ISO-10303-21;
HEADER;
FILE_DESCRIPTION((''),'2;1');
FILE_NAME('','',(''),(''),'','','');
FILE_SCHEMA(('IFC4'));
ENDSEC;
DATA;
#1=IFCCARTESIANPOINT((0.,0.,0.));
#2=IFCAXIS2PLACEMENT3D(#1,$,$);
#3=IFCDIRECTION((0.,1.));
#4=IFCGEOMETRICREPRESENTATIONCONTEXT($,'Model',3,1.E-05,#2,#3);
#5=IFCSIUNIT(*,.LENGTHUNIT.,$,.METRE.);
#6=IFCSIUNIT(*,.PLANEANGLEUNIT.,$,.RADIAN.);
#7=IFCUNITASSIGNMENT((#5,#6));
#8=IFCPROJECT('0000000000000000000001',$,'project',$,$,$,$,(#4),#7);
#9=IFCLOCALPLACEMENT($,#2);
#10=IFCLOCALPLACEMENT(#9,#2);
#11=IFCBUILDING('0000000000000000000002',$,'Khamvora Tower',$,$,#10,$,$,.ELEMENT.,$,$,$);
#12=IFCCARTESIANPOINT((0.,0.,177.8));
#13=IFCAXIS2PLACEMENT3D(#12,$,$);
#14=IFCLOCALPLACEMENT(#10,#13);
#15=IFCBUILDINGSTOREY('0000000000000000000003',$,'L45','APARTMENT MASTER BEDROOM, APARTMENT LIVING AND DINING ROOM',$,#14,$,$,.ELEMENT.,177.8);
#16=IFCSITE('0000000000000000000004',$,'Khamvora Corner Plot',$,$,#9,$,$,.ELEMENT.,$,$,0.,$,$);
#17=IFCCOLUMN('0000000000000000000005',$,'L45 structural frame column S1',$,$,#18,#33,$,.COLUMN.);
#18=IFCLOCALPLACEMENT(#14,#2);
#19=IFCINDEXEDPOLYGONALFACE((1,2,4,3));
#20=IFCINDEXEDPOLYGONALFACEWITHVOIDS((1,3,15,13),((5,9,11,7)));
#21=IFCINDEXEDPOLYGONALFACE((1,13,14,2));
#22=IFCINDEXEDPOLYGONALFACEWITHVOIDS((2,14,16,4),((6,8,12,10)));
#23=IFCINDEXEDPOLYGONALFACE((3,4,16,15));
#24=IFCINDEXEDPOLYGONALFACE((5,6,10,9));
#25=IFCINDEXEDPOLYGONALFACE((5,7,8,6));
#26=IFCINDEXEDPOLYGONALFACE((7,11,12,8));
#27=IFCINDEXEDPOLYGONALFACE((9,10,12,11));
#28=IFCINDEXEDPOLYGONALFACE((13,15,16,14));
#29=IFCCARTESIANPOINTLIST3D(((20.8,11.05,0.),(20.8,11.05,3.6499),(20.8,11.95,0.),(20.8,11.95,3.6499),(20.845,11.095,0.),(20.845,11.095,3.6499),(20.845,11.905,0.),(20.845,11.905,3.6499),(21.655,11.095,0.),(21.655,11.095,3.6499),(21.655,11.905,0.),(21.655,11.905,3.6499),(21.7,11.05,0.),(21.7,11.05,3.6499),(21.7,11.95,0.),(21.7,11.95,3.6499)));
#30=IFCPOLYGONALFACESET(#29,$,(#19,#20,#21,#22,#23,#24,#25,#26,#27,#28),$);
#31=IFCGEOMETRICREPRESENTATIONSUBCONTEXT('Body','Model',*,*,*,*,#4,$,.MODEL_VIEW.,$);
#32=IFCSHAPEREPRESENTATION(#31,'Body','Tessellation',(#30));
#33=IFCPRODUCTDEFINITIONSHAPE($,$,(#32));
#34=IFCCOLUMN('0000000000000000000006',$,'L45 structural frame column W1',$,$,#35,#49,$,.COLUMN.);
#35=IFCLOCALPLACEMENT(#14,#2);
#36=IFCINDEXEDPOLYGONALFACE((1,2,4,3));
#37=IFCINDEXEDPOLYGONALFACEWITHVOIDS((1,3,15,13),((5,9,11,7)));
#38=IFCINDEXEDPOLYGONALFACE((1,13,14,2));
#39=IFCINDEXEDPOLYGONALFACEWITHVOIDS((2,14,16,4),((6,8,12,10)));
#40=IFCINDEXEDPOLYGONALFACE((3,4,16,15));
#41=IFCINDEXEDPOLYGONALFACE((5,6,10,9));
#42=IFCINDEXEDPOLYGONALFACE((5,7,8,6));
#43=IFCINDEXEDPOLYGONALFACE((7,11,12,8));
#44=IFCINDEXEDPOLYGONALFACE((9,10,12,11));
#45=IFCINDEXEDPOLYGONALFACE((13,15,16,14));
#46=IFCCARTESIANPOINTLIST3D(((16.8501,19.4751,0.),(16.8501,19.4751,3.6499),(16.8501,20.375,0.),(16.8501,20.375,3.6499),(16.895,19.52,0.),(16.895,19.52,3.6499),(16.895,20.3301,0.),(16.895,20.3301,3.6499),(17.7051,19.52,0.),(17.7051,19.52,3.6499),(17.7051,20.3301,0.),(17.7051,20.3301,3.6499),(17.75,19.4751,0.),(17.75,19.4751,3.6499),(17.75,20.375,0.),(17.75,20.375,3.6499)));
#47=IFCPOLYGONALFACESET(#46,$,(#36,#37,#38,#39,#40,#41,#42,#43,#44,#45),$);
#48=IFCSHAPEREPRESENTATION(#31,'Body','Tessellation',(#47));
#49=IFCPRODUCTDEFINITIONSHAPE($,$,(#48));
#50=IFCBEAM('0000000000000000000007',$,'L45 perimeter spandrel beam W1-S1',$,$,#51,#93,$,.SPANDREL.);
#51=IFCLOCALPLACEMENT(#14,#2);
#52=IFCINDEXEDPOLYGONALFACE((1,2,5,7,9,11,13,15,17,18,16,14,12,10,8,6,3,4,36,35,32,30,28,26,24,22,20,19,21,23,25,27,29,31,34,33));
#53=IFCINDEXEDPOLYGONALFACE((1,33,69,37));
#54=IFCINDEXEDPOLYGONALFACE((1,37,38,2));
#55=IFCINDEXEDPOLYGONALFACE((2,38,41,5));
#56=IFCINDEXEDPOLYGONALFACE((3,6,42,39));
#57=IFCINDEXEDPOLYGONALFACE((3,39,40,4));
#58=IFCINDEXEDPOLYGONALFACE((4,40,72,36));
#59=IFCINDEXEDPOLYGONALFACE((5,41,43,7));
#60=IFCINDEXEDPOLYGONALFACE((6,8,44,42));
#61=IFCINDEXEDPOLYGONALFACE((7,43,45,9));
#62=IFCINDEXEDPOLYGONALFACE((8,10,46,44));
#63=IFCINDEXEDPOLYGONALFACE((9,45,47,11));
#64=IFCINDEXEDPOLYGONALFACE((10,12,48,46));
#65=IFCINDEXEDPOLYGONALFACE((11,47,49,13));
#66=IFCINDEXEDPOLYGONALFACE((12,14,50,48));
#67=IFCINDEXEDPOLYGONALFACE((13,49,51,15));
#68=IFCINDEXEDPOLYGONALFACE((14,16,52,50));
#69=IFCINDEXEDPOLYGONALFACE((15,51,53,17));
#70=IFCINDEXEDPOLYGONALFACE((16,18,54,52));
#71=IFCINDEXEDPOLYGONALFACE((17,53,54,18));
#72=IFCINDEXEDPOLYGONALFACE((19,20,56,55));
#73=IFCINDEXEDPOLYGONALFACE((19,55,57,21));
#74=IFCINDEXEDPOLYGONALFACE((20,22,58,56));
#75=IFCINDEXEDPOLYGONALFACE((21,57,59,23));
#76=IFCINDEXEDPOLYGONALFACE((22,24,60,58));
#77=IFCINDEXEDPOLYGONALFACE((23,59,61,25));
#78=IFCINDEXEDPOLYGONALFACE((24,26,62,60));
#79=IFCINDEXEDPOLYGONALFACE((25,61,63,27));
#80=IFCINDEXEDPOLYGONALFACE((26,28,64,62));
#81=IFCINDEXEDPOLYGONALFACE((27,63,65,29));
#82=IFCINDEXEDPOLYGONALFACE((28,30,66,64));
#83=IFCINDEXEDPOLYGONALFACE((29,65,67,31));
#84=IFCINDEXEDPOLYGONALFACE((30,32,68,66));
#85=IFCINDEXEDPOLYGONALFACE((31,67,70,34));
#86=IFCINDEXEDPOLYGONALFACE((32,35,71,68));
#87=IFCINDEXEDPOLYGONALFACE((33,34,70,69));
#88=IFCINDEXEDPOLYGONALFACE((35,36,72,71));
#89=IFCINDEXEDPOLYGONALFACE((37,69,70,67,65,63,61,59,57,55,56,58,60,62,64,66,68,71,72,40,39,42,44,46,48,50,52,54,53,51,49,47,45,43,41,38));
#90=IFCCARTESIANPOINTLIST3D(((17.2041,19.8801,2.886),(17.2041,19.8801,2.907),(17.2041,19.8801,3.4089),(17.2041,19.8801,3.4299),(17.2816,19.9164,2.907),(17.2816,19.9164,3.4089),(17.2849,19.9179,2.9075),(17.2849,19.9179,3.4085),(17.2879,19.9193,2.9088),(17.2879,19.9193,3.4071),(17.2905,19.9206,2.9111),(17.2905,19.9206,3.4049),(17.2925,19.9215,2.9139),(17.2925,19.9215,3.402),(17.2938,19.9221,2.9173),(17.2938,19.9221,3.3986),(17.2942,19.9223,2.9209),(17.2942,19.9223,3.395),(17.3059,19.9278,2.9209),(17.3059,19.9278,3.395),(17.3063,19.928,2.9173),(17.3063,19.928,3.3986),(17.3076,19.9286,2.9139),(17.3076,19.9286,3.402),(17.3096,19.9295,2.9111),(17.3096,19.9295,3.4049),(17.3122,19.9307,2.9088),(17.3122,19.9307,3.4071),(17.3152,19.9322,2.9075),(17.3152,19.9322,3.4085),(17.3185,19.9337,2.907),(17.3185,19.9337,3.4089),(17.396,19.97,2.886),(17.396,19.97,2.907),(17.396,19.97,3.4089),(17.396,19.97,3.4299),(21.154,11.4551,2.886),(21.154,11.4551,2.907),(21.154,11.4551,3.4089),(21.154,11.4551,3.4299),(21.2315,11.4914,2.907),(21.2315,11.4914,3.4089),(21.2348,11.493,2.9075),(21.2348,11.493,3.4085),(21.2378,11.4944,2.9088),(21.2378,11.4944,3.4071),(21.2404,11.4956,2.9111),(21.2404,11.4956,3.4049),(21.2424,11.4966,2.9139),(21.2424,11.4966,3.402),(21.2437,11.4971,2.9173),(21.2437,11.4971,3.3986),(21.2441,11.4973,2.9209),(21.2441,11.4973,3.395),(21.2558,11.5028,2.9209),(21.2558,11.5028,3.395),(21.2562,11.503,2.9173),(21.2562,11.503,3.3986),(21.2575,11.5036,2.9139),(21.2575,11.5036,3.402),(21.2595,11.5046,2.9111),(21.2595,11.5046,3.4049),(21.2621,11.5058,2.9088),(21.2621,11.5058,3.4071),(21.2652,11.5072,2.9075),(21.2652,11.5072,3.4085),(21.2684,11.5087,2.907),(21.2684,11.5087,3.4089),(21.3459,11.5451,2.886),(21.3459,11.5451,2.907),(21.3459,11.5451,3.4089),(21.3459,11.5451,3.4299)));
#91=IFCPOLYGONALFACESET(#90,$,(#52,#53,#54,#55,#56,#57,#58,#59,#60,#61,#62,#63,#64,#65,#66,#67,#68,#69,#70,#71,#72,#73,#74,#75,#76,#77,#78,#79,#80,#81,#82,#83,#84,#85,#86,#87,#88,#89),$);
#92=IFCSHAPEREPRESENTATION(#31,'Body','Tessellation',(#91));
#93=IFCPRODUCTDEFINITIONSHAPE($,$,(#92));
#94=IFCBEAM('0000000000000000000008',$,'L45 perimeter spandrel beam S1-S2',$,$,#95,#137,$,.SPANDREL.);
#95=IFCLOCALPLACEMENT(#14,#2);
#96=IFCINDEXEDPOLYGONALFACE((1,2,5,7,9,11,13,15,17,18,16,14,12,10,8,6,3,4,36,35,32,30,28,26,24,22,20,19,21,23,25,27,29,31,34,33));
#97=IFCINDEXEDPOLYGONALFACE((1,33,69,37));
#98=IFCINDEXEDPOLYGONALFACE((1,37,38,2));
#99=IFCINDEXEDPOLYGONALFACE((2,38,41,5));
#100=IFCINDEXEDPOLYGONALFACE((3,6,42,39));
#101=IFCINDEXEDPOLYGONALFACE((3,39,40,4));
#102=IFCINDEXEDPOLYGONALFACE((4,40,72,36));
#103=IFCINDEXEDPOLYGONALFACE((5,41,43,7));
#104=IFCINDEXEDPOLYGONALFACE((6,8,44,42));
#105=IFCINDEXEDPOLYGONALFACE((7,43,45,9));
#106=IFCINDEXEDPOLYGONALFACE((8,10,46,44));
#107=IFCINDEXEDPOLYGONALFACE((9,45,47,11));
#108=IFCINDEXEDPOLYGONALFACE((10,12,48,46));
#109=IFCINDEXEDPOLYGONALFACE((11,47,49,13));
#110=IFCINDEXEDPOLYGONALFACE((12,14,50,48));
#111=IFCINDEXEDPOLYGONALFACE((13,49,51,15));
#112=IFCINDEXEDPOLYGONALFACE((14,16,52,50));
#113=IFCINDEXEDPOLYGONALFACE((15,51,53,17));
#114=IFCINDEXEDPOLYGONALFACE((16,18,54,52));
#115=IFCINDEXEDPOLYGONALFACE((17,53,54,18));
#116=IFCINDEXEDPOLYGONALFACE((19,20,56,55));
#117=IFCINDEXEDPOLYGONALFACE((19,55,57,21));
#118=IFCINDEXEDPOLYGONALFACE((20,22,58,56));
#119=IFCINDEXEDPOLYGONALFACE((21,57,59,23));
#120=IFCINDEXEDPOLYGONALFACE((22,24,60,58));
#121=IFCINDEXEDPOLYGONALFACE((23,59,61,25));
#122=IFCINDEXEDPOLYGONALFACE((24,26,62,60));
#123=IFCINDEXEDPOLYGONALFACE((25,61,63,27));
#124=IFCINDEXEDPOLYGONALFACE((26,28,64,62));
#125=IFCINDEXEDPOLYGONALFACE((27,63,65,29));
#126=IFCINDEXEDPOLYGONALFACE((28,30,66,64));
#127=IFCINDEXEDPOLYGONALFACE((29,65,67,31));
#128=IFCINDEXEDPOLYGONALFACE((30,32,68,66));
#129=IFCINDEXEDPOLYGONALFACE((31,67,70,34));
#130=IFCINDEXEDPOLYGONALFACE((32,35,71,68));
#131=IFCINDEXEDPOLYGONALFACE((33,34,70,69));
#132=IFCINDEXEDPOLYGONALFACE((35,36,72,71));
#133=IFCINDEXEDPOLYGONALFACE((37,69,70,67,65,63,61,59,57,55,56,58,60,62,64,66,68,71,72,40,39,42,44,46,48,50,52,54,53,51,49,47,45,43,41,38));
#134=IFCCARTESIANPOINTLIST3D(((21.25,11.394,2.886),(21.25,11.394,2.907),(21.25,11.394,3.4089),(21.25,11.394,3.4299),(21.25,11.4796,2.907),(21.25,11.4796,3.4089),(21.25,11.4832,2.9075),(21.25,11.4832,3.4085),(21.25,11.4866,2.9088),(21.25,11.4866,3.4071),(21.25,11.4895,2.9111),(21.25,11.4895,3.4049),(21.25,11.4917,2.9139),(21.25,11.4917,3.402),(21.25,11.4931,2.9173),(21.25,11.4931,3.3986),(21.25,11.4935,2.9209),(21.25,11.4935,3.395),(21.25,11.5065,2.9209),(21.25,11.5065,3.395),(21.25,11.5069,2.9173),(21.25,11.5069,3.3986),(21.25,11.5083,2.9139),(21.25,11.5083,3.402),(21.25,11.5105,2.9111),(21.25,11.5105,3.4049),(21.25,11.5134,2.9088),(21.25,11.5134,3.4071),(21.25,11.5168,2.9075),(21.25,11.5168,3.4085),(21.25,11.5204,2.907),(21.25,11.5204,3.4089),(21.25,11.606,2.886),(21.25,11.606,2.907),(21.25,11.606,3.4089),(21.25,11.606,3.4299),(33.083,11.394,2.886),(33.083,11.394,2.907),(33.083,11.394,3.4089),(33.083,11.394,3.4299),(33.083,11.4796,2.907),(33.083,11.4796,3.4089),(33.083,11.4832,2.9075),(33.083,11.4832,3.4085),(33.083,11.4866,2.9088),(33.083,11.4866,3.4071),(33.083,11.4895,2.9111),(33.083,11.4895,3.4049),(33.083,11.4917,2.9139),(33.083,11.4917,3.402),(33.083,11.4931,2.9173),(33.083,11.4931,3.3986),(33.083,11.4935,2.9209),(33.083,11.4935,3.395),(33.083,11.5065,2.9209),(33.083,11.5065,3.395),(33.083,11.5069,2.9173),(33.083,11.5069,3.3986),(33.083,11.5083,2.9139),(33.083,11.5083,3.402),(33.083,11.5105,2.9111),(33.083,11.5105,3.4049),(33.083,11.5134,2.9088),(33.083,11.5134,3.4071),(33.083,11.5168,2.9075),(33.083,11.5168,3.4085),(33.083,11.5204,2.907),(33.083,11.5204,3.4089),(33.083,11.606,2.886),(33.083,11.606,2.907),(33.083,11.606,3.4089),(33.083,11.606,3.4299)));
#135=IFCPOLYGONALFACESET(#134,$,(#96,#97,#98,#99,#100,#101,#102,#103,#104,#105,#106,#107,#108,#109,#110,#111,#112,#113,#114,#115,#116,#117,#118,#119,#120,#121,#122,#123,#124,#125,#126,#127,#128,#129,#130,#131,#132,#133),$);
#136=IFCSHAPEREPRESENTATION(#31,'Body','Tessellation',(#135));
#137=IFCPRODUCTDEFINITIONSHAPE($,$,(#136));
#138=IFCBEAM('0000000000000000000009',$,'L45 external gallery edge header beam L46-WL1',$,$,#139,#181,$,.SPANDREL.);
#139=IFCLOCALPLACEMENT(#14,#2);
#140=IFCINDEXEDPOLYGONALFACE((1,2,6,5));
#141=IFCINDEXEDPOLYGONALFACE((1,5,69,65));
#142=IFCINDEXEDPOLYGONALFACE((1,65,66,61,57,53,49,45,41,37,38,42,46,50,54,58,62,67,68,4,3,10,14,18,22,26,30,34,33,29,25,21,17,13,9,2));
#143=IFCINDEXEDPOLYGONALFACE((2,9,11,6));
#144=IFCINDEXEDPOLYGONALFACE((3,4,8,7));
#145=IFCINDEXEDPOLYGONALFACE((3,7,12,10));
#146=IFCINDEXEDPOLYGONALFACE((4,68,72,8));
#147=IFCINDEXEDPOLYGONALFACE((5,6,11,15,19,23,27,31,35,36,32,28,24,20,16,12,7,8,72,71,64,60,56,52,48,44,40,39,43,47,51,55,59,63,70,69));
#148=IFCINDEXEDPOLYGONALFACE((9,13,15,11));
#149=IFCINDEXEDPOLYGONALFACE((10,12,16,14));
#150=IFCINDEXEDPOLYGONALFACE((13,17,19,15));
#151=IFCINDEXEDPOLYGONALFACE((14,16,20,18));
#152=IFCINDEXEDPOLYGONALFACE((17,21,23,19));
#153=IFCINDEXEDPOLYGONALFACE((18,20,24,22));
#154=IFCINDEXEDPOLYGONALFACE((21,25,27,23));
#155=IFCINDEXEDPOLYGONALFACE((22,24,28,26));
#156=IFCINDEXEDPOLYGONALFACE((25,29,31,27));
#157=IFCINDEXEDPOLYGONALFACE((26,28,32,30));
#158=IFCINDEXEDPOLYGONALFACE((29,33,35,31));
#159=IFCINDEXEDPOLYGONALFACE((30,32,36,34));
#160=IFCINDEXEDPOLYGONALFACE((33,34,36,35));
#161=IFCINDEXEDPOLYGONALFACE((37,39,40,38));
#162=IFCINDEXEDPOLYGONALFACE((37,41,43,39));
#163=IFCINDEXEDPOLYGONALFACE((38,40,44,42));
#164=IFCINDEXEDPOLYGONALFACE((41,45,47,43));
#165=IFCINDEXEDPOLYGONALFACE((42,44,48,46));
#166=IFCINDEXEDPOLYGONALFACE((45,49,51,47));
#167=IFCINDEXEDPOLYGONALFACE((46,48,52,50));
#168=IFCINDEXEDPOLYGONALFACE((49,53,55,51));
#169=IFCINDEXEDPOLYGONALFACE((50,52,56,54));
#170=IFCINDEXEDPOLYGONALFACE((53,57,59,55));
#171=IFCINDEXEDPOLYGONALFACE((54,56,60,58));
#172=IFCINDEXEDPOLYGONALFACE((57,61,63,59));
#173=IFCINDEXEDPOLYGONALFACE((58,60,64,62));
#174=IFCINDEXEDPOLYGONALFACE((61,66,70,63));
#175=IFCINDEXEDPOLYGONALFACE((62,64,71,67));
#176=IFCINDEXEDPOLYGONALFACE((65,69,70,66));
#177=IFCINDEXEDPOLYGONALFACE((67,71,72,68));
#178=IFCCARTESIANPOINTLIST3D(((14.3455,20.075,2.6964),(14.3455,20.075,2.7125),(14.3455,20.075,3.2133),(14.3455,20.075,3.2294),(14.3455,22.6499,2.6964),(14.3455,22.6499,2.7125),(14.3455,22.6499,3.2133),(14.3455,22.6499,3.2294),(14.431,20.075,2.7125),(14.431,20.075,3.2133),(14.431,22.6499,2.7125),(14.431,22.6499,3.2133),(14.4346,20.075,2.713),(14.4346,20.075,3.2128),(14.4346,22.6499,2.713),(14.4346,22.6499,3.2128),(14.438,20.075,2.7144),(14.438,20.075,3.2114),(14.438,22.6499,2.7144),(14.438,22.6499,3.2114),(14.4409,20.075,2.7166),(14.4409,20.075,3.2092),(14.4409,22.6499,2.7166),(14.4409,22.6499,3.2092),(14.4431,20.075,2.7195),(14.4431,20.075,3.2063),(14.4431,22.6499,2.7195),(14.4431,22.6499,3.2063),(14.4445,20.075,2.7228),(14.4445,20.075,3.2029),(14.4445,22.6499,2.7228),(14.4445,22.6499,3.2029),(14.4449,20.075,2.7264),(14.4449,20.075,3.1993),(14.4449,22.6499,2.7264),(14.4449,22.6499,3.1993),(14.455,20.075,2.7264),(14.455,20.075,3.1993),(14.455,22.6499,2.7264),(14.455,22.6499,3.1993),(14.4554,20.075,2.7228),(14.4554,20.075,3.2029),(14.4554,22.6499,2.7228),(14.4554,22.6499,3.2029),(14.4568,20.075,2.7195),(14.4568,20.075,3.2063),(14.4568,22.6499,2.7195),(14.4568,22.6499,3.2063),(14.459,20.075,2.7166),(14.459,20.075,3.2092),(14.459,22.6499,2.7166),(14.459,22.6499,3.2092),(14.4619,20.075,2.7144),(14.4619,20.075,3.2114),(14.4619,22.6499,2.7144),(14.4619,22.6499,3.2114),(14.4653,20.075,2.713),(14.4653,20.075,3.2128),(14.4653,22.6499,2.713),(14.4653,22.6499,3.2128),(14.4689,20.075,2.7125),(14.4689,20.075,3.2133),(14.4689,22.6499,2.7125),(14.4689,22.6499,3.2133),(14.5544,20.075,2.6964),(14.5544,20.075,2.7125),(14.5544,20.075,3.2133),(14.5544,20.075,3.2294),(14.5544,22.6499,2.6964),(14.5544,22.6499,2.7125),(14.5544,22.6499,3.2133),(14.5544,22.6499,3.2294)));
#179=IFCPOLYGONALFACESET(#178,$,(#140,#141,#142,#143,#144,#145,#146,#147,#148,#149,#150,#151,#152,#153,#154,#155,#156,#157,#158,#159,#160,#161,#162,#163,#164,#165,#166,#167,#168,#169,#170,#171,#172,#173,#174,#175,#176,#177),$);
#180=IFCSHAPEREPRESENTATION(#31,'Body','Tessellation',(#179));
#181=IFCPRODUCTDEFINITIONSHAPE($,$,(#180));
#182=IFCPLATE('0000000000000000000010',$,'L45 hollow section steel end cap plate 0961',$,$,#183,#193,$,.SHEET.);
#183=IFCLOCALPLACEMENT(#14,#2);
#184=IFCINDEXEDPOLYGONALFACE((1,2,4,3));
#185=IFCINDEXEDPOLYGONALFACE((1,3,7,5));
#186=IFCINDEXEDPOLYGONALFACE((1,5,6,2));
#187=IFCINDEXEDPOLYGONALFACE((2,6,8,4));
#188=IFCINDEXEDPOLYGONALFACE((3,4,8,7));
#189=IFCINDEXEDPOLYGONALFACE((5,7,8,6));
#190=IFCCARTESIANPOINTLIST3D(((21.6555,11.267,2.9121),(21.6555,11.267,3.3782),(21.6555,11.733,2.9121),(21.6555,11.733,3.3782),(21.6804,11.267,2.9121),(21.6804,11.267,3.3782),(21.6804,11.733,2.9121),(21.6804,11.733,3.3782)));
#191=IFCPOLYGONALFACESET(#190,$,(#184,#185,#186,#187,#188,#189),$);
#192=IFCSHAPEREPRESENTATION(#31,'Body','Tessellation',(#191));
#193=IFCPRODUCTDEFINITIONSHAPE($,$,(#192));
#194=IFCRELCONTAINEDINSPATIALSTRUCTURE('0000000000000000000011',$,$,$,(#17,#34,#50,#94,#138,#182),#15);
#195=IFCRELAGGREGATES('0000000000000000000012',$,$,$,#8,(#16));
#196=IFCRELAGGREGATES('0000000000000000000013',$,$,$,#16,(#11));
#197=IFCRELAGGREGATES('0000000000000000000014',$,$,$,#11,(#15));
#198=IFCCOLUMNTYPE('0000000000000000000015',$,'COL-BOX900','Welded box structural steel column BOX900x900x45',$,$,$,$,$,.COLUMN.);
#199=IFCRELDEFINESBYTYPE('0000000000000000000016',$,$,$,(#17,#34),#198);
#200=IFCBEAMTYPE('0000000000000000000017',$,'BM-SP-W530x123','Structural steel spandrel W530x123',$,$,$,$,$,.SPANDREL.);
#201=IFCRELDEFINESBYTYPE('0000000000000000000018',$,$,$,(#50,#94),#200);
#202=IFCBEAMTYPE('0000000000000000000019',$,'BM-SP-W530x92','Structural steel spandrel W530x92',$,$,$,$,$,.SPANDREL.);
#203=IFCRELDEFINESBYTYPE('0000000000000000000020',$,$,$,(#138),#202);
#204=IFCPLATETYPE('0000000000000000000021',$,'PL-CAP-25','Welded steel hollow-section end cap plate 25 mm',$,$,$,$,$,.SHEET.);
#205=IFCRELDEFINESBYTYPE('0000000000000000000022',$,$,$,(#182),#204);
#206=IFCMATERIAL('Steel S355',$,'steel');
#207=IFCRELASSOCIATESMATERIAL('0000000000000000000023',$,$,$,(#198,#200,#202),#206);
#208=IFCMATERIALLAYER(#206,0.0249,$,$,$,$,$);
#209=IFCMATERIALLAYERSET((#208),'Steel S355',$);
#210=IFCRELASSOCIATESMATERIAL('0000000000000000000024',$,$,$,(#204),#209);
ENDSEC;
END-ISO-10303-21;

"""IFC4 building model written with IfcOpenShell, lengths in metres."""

from ifc_helpers import new_model, si_unit, direction, frame, origin, origin_2d, place, context, subcontext, project, spatial, rectangle, hollow_rectangle, i_section, extrude, material, layer, layer_set, material_profile, profile_set, type_object, element, save


model = new_model("IFC4")

# Units and contexts
model_context = context("Model", 3, precision=1e-05, world=origin(), true_north=direction((0.0, 1.0)))
body_context = subcontext(model_context, "Body", "Model", "MODEL_VIEW")
ifc_project = project(units=[si_unit("LENGTHUNIT", "METRE"), si_unit("PLANEANGLEUNIT", "RADIAN")], contexts=[model_context])

# Site, building, storey
site_placement = place(None, origin())
site = spatial("IfcSite", under=ifc_project, at=site_placement, Name="Khamvora Corner Plot", CompositionType="ELEMENT", RefElevation=0.0)
building_placement = place(site_placement, origin())
building = spatial("IfcBuilding", under=site, at=building_placement, Name="Khamvora Tower", CompositionType="ELEMENT")
storey_placement = place(building_placement, frame((0.0, 0.0, 177.8)))
storey = spatial("IfcBuildingStorey", under=building, at=storey_placement, Name="L45", Description="APARTMENT MASTER BEDROOM, APARTMENT LIVING AND DINING ROOM", CompositionType="ELEMENT", Elevation=177.8)

# Columns
ifc_material_1 = material(Name="Steel S355", Category="steel")
ifc_material_profile_1 = material_profile(ifc_material_1, hollow_rectangle(XDim=0.8999, YDim=0.8999, WallThickness=0.0449, at=origin_2d()), Name="BOX900x900x45")
ifc_profile_set_1 = profile_set([ifc_material_profile_1], Name="Steel S355")
column_type = type_object("IfcColumnType", Name="COL-BOX900", Description="Welded box structural steel column BOX900x900x45", PredefinedType="COLUMN", material=ifc_profile_set_1)
for number, where, z_axis, x_axis, name in (
    (1, (21.25, 11.5, 0.0), (0.0, 0.0, 1.0), (1.0, 0.0, 0.0), "L45 structural frame column S1"),
    (2, (17.3, 19.925, 0.0), (0.0, 0.0, 1.0), (1.0, 0.0, 0.0), "L45 structural frame column W1"),
):
    element("IfcColumn", number, at=place(storey_placement, frame(where, z_axis=z_axis, x_axis=x_axis)), inside=storey, type_object=column_type, Name=name, PredefinedType="COLUMN", context=body_context, shape_type="SweptSolid", body=[
        extrude(hollow_rectangle(XDim=0.8999, YDim=0.8999, WallThickness=0.0449, at=origin_2d()), origin(), (0.0, 0.0, 1.0), 3.6499),
    ])

# Beams
ifc_material_profile_2 = material_profile(ifc_material_1, i_section(OverallWidth=0.2119, OverallDepth=0.5439, WebThickness=0.0129, FlangeThickness=0.021, FilletRadius=0.0139, at=origin_2d()), Name="W530x123")
ifc_profile_set_2 = profile_set([ifc_material_profile_2], Name="Steel S355")
beam_type_1 = type_object("IfcBeamType", Name="BM-SP-W530x123", Description="Structural steel spandrel W530x123", PredefinedType="SPANDREL", material=ifc_profile_set_2)
beam_1_placement = place(storey_placement, frame((17.3, 19.925, 3.158), z_axis=(0.424496, -0.90543, 0.0), x_axis=(0.90543, 0.424496, 0.0)))
element("IfcBeam", 3, at=beam_1_placement, inside=storey, type_object=beam_type_1, Name="L45 perimeter spandrel beam W1-S1", PredefinedType="SPANDREL", context=body_context, shape_type="SweptSolid", body=[
    extrude(i_section(OverallWidth=0.2119, OverallDepth=0.5439, WebThickness=0.0129, FlangeThickness=0.021, FilletRadius=0.0139, at=origin_2d()), origin(), (0.0, 0.0, 1.0), 9.3049),
])
beam_2_placement = place(storey_placement, frame((21.25, 11.5, 3.158), z_axis=(1.0, 0.0, 0.0), x_axis=(0.0, 1.0, 0.0)))
element("IfcBeam", 4, at=beam_2_placement, inside=storey, type_object=beam_type_1, Name="L45 perimeter spandrel beam S1-S2", PredefinedType="SPANDREL", context=body_context, shape_type="SweptSolid", body=[
    extrude(i_section(OverallWidth=0.2119, OverallDepth=0.5439, WebThickness=0.0129, FlangeThickness=0.021, FilletRadius=0.0139, at=origin_2d()), origin(), (0.0, 0.0, 1.0), 11.833),
])
ifc_material_profile_3 = material_profile(ifc_material_1, i_section(OverallWidth=0.209, OverallDepth=0.533, WebThickness=0.01, FlangeThickness=0.0161, FilletRadius=0.0139, at=origin_2d()), Name="W530x92")
ifc_profile_set_3 = profile_set([ifc_material_profile_3], Name="Steel S355")
beam_type_2 = type_object("IfcBeamType", Name="BM-SP-W530x92", Description="Structural steel spandrel W530x92", PredefinedType="SPANDREL", material=ifc_profile_set_3)
beam_3_placement = place(storey_placement, frame((14.45, 20.075, 2.9629), z_axis=(0.0, 1.0, 0.0), x_axis=(-1.0, 0.0, 0.0)))
element("IfcBeam", 5, at=beam_3_placement, inside=storey, type_object=beam_type_2, Name="L45 external gallery edge header beam L46-WL1", PredefinedType="SPANDREL", context=body_context, shape_type="SweptSolid", body=[
    extrude(i_section(OverallWidth=0.209, OverallDepth=0.533, WebThickness=0.01, FlangeThickness=0.0161, FilletRadius=0.0139, at=origin_2d()), origin(), (0.0, 0.0, 1.0), 2.575),
])

# Plate
ifc_layer_1 = layer(ifc_material_1, 0.0249)
ifc_layer_set_1 = layer_set([ifc_layer_1], Name="Steel S355")
plate_type_1 = type_object("IfcPlateType", Name="PL-CAP-25", Description="Welded steel hollow-section end cap plate 25 mm", PredefinedType="SHEET", material=ifc_layer_set_1)
plate_1_placement = place(storey_placement, frame((21.668, 11.5, 2.9121), z_axis=(0.0, 0.0, 1.0), x_axis=(-1.0, 0.0, 0.0)))
element("IfcPlate", 6, at=plate_1_placement, inside=storey, type_object=plate_type_1, Name="L45 hollow section steel end cap plate 0961", PredefinedType="SHEET", context=body_context, shape_type="SweptSolid", body=[
    extrude(rectangle(XDim=0.0249, YDim=0.4661, at=origin_2d()), origin(), (0.0, 0.0, 1.0), 0.4661),
])

save(model, "model.ifc")
